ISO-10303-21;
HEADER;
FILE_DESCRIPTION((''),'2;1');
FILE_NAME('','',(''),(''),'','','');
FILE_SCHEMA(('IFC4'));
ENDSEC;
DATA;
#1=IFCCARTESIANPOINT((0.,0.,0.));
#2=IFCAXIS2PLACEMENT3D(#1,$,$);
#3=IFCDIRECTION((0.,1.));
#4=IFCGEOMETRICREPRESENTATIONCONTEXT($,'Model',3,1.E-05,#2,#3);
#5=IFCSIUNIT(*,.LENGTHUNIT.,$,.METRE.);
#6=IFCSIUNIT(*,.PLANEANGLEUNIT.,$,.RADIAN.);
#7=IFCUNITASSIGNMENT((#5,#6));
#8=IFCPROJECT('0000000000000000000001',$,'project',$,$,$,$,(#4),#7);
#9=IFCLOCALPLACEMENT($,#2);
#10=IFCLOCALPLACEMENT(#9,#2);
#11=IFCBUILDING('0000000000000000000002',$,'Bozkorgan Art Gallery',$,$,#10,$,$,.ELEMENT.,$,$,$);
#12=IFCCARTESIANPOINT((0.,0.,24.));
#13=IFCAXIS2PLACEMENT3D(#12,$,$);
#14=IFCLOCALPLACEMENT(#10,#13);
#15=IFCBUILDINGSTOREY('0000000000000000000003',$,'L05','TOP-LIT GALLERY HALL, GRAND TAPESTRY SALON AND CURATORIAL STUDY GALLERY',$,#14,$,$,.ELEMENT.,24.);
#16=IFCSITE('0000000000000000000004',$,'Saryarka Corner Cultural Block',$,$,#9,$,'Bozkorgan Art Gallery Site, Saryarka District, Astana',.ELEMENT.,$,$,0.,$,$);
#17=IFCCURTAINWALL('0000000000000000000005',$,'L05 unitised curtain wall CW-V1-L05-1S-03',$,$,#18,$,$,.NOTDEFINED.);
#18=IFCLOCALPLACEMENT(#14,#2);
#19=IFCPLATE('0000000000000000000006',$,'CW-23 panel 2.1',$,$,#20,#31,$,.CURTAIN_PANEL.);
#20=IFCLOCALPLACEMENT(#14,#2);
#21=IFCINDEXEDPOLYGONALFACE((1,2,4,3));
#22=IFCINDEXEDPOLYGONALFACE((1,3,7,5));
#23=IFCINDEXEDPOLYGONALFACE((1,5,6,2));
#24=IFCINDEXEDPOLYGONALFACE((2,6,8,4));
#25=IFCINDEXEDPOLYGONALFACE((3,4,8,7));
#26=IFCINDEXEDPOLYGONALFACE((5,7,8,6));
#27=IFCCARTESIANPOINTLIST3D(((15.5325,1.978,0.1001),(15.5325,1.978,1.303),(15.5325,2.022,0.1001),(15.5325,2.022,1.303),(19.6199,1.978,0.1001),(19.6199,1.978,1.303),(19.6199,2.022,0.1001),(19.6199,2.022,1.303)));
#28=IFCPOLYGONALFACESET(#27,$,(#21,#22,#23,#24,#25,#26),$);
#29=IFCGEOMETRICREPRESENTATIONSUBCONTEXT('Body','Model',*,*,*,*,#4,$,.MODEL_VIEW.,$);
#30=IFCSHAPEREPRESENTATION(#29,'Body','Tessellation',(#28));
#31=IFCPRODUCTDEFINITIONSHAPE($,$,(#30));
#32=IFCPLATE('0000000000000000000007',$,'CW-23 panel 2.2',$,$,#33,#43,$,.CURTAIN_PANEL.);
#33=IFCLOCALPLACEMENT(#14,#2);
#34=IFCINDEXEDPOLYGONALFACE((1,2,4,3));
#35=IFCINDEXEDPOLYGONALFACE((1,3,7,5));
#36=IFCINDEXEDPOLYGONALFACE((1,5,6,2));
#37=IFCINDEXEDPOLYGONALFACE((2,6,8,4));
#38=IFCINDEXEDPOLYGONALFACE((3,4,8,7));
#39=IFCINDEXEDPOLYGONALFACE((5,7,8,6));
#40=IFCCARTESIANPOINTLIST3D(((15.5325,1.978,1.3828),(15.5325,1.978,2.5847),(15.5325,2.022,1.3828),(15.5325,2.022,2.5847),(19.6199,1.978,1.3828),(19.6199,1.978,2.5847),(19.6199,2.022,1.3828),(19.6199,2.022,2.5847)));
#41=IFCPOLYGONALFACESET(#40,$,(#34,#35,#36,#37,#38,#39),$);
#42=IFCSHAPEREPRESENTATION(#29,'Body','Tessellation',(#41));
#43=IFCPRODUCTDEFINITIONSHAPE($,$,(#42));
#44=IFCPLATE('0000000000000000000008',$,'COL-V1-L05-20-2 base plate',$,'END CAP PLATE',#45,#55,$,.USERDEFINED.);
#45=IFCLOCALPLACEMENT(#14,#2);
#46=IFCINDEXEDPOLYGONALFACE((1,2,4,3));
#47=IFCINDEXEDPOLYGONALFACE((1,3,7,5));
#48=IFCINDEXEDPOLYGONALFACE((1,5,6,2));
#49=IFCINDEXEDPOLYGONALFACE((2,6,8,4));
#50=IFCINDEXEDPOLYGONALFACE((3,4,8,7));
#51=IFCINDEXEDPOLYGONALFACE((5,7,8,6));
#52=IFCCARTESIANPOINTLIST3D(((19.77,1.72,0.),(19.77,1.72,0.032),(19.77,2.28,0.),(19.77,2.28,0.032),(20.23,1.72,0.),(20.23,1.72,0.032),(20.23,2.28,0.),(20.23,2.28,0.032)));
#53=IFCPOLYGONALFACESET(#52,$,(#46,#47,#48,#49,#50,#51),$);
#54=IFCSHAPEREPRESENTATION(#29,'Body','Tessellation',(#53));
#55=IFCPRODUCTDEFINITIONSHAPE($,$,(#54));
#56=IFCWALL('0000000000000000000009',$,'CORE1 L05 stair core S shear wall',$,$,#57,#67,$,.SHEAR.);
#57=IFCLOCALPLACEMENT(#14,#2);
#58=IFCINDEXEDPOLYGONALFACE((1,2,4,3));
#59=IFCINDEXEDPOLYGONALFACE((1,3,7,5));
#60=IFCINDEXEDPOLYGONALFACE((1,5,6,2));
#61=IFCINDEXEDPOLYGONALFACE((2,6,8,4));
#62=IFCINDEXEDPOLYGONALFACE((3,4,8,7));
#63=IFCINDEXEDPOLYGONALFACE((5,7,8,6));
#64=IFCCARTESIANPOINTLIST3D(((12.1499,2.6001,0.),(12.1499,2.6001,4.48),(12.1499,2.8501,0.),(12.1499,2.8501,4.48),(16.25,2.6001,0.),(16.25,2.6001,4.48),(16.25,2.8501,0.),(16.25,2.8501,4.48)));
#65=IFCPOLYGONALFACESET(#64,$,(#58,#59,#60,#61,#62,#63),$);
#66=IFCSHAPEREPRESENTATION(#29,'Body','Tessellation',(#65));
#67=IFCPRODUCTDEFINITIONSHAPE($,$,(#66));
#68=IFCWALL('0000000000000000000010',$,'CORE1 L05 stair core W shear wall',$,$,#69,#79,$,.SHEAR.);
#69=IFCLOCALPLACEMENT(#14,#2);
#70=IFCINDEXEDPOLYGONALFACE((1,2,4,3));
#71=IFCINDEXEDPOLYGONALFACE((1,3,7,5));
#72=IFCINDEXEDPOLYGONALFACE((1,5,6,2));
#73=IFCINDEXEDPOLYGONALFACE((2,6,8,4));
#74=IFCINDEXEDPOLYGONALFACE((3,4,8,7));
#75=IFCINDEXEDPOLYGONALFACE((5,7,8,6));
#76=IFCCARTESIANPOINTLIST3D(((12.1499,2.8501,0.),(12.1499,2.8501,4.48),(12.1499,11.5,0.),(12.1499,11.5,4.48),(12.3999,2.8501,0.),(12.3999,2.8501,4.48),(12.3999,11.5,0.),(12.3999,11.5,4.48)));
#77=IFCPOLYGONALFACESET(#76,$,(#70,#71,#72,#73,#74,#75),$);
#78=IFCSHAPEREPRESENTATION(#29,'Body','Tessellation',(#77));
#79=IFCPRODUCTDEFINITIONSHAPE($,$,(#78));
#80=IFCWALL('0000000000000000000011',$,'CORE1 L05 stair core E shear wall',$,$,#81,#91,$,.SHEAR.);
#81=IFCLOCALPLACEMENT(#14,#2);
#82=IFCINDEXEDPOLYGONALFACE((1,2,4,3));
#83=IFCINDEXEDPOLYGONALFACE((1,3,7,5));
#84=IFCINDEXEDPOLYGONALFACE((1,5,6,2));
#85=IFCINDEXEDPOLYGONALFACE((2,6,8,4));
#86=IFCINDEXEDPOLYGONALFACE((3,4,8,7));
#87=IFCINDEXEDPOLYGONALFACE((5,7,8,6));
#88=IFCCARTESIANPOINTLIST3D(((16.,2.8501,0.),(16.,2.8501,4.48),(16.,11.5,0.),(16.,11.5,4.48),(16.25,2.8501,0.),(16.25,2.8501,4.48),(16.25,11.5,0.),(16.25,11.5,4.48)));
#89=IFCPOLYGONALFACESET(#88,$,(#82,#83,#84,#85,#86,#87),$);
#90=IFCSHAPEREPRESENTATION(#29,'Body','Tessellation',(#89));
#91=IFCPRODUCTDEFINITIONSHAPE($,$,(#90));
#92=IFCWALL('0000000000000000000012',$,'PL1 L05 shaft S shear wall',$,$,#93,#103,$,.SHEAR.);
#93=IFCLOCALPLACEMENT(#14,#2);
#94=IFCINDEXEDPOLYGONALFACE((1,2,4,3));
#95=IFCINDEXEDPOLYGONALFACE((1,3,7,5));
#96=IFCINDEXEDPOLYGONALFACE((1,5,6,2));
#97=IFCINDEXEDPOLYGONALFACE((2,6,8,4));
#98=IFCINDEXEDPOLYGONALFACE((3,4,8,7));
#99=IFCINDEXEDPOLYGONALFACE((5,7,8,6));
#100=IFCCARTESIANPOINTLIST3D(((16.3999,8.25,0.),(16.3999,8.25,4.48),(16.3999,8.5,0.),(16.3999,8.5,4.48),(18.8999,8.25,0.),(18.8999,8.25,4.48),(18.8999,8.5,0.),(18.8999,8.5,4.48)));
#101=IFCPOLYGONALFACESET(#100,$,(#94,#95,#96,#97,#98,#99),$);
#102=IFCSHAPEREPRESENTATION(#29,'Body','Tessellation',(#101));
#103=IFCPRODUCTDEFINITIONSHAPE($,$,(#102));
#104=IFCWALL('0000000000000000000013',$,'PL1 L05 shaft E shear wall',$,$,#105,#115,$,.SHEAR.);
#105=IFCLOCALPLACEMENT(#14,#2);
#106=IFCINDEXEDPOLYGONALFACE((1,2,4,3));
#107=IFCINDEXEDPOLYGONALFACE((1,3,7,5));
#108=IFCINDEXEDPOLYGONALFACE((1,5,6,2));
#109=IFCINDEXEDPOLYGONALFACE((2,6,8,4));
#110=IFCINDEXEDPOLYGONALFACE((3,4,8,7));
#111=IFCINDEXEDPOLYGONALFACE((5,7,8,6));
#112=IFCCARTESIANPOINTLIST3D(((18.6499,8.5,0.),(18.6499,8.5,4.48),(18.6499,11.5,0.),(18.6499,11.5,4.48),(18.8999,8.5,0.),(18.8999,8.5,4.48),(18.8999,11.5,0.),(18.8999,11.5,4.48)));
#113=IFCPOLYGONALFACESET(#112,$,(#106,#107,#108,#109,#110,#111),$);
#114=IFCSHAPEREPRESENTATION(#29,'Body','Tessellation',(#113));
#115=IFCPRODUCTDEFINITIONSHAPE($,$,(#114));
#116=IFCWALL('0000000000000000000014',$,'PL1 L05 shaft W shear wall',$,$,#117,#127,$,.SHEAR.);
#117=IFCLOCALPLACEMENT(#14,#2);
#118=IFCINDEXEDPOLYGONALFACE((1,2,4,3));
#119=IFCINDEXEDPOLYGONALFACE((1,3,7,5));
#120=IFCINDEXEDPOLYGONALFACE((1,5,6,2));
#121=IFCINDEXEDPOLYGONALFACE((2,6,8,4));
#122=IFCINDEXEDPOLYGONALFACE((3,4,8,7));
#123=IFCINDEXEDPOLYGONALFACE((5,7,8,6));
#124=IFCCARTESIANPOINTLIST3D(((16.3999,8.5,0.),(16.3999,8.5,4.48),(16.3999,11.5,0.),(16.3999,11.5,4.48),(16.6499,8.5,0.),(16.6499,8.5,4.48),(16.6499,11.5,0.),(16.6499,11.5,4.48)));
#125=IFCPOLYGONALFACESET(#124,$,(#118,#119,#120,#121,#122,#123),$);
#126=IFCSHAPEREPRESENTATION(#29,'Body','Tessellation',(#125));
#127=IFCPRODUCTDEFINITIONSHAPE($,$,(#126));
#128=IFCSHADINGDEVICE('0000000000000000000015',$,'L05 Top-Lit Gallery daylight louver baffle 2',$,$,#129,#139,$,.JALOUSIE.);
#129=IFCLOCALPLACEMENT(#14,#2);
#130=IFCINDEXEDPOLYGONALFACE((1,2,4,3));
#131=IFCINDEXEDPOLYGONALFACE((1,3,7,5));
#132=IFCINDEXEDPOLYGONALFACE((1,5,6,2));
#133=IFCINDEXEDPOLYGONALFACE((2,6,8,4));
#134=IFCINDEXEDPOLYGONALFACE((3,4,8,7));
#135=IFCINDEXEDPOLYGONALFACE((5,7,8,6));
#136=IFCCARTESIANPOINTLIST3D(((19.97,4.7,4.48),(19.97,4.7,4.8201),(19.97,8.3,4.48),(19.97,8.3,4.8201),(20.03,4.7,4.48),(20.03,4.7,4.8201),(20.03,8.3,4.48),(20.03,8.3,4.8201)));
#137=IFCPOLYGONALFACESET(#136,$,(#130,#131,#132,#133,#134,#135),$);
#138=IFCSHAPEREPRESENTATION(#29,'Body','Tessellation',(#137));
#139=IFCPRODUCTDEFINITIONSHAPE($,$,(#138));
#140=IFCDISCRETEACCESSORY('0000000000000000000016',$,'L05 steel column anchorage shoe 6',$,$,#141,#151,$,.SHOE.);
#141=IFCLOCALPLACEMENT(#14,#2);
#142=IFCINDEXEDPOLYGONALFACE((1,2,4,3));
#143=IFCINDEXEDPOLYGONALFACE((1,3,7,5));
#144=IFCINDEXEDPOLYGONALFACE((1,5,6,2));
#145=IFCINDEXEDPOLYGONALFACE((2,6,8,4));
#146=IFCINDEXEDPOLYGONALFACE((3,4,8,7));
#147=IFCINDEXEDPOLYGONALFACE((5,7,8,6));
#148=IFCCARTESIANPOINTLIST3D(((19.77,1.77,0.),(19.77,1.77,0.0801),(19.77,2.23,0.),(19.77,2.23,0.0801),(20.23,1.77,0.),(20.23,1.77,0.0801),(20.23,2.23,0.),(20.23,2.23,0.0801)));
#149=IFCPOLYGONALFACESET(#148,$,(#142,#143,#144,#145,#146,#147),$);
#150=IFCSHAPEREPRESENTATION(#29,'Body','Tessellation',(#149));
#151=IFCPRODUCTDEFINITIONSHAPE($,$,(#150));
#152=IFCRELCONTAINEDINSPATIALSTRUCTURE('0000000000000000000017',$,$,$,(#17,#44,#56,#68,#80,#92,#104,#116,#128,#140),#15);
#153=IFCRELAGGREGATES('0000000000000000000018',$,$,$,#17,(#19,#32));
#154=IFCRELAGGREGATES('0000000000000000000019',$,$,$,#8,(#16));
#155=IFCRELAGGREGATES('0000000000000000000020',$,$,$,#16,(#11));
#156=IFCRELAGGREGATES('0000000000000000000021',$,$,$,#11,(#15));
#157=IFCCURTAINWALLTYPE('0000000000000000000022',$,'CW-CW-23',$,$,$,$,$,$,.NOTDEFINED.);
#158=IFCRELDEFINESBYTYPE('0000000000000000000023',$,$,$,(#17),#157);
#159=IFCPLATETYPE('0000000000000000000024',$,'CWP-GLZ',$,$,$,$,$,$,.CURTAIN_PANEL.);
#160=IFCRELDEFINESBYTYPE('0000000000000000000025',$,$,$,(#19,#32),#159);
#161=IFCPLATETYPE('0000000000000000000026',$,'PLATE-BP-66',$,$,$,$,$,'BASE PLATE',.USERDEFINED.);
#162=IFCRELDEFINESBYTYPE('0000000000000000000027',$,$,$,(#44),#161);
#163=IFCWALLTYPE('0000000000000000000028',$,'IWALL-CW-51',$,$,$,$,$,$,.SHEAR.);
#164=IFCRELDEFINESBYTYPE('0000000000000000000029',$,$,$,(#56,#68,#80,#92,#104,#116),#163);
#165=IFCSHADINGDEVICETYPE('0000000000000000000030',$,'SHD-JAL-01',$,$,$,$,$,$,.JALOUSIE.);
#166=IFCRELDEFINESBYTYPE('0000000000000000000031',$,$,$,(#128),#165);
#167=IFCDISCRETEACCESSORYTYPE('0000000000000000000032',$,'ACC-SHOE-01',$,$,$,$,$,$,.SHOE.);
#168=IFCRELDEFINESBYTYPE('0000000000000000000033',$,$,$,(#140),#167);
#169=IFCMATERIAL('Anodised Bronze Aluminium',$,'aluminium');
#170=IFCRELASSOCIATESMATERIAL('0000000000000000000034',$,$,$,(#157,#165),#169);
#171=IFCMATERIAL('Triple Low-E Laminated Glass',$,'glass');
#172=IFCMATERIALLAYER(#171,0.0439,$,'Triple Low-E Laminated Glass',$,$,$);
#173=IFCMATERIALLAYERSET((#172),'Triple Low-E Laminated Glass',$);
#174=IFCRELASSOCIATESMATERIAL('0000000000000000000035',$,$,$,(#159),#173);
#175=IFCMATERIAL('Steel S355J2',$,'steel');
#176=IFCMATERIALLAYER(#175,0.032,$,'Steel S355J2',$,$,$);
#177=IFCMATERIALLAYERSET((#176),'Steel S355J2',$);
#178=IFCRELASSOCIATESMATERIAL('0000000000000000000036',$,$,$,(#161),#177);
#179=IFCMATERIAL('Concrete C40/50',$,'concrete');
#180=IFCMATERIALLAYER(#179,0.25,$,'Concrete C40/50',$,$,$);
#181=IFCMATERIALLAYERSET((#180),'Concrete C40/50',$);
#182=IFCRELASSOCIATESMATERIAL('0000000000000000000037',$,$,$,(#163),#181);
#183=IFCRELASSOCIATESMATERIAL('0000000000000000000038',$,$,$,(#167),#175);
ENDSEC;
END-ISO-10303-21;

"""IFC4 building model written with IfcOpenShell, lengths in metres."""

from ifc_helpers import new_model, si_unit, direction, frame, frame_2d, origin, origin_2d, place, context, subcontext, project, spatial, rectangle, extrude, material, layer, layer_set, type_object, element, aggregate, save


model = new_model("IFC4")

# Units and contexts
model_context = context("Model", 3, precision=1e-05, world=origin(), true_north=direction((0.0, 1.0)))
body_context = subcontext(model_context, "Body", "Model", "MODEL_VIEW")
ifc_project = project(units=[si_unit("LENGTHUNIT", "METRE"), si_unit("PLANEANGLEUNIT", "RADIAN")], contexts=[model_context])

# Site, building, storey
site_placement = place(None, origin())
site = spatial("IfcSite", under=ifc_project, at=site_placement, Name="Saryarka Corner Cultural Block", LongName="Bozkorgan Art Gallery Site, Saryarka District, Astana", CompositionType="ELEMENT", RefElevation=0.0)
building_placement = place(site_placement, origin())
building = spatial("IfcBuilding", under=site, at=building_placement, Name="Bozkorgan Art Gallery", CompositionType="ELEMENT")
storey_placement = place(building_placement, frame((0.0, 0.0, 24.0)))
storey = spatial("IfcBuildingStorey", under=building, at=storey_placement, Name="L05", Description="TOP-LIT GALLERY HALL, GRAND TAPESTRY SALON AND CURATORIAL STUDY GALLERY", CompositionType="ELEMENT", Elevation=24.0)

# Shared definitions
ifc_material_1 = material(Name="Steel S355J2", Category="steel")

# Curtain wall
ifc_material_2 = material(Name="Anodised Bronze Aluminium", Category="aluminium")
curtain_wall_type = type_object("IfcCurtainWallType", Name="CW-CW-23", PredefinedType="NOTDEFINED", material=ifc_material_2)
curtain_wall_1_placement = place(storey_placement, origin())
curtain_wall_1 = element("IfcCurtainWall", 1, at=curtain_wall_1_placement, inside=storey, type_object=curtain_wall_type, Name="L05 unitised curtain wall CW-V1-L05-1S-03", PredefinedType="NOTDEFINED")

# Plates
ifc_material_3 = material(Name="Triple Low-E Laminated Glass", Category="glass")
ifc_layer_1 = layer(ifc_material_3, 0.0439, Name="Triple Low-E Laminated Glass")
ifc_layer_set_1 = layer_set([ifc_layer_1], Name="Triple Low-E Laminated Glass")
plate_type_1 = type_object("IfcPlateType", Name="CWP-GLZ", PredefinedType="CURTAIN_PANEL", material=ifc_layer_set_1)
plate_1_placement = place(storey_placement, frame((17.5762, 2.0, 0.1001), z_axis=(0.0, 0.0, 1.0), x_axis=(1.0, 0.0, 0.0)))
plate_1 = element("IfcPlate", 2, at=plate_1_placement, type_object=plate_type_1, Name="CW-23 panel 2.1", PredefinedType="CURTAIN_PANEL", context=body_context, shape_type="SweptSolid", body=[
    extrude(rectangle(XDim=4.0874, YDim=0.0439, at=origin_2d()), origin(), (0.0, 0.0, 1.0), 1.2029),
])
plate_2_placement = place(storey_placement, frame((17.5762, 2.0, 1.3828), z_axis=(0.0, 0.0, 1.0), x_axis=(1.0, 0.0, 0.0)))
plate_2 = element("IfcPlate", 3, at=plate_2_placement, type_object=plate_type_1, Name="CW-23 panel 2.2", PredefinedType="CURTAIN_PANEL", context=body_context, shape_type="SweptSolid", body=[
    extrude(rectangle(XDim=4.0874, YDim=0.0439, at=origin_2d()), origin(), (0.0, 0.0, 1.0), 1.2019),
])
aggregate(curtain_wall_1, [plate_1, plate_2])
ifc_layer_2 = layer(ifc_material_1, 0.032, Name="Steel S355J2")
ifc_layer_set_2 = layer_set([ifc_layer_2], Name="Steel S355J2")
plate_type_2 = type_object("IfcPlateType", Name="PLATE-BP-66", ElementType="BASE PLATE", PredefinedType="USERDEFINED", material=ifc_layer_set_2)
plate_3_placement = place(storey_placement, frame((20.0, 2.0, 0.0), z_axis=(0.0, 0.0, 1.0), x_axis=(1.0, 0.0, 0.0)))
element("IfcPlate", 4, at=plate_3_placement, inside=storey, type_object=plate_type_2, Name="COL-V1-L05-20-2 base plate", ObjectType="END CAP PLATE", PredefinedType="USERDEFINED", context=body_context, shape_type="SweptSolid", body=[
    extrude(rectangle(XDim=0.46, YDim=0.5601, at=origin_2d()), origin(), (0.0, 0.0, 1.0), 0.032),
])

# Walls
ifc_material_4 = material(Name="Concrete C40/50", Category="concrete")
ifc_layer_3 = layer(ifc_material_4, 0.25, Name="Concrete C40/50")
ifc_layer_set_3 = layer_set([ifc_layer_3], Name="Concrete C40/50")
wall_type = type_object("IfcWallType", Name="IWALL-CW-51", PredefinedType="SHEAR", material=ifc_layer_set_3)
wall_1_placement = place(storey_placement, frame((12.1499, 2.7251, 0.0), z_axis=(0.0, 0.0, 1.0), x_axis=(1.0, 0.0, 0.0)))
element("IfcWall", 5, at=wall_1_placement, inside=storey, type_object=wall_type, Name="CORE1 L05 stair core S shear wall", PredefinedType="SHEAR", context=body_context, shape_type="SweptSolid", body=[
    extrude(rectangle(XDim=4.1001, YDim=0.25, at=frame_2d((2.05, 0.0))), origin(), (0.0, 0.0, 1.0), 4.48),
])
for number, where, z_axis, x_axis, name in (
    (6, (12.2749, 2.8501, 0.0), (0.0, 0.0, 1.0), (0.0, 1.0, 0.0), "CORE1 L05 stair core W shear wall"),
    (7, (16.125, 2.8501, 0.0), (0.0, 0.0, 1.0), (0.0, 1.0, 0.0), "CORE1 L05 stair core E shear wall"),
):
    element("IfcWall", number, at=place(storey_placement, frame(where, z_axis=z_axis, x_axis=x_axis)), inside=storey, type_object=wall_type, Name=name, PredefinedType="SHEAR", context=body_context, shape_type="SweptSolid", body=[
        extrude(rectangle(XDim=8.6499, YDim=0.25, at=frame_2d((4.325, 0.0))), origin(), (0.0, 0.0, 1.0), 4.48),
    ])
wall_2_placement = place(storey_placement, frame((16.3999, 8.375, 0.0), z_axis=(0.0, 0.0, 1.0), x_axis=(1.0, 0.0, 0.0)))
element("IfcWall", 8, at=wall_2_placement, inside=storey, type_object=wall_type, Name="PL1 L05 shaft S shear wall", PredefinedType="SHEAR", context=body_context, shape_type="SweptSolid", body=[
    extrude(rectangle(XDim=2.5, YDim=0.25, at=frame_2d((1.25, 0.0))), origin(), (0.0, 0.0, 1.0), 4.48),
])
for number, where, z_axis, x_axis, name in (
    (9, (18.7749, 8.5, 0.0), (0.0, 0.0, 1.0), (0.0, 1.0, 0.0), "PL1 L05 shaft E shear wall"),
    (10, (16.5249, 8.5, 0.0), (0.0, 0.0, 1.0), (0.0, 1.0, 0.0), "PL1 L05 shaft W shear wall"),
):
    element("IfcWall", number, at=place(storey_placement, frame(where, z_axis=z_axis, x_axis=x_axis)), inside=storey, type_object=wall_type, Name=name, PredefinedType="SHEAR", context=body_context, shape_type="SweptSolid", body=[
        extrude(rectangle(XDim=3.0, YDim=0.25, at=frame_2d((1.5, 0.0))), origin(), (0.0, 0.0, 1.0), 4.48),
    ])

# Shading device
shading_device_type = type_object("IfcShadingDeviceType", Name="SHD-JAL-01", PredefinedType="JALOUSIE", material=ifc_material_2)
shading_device_placement = place(storey_placement, frame((20.0, 6.5, 4.48), z_axis=(0.0, 0.0, 1.0), x_axis=(1.0, 0.0, 0.0)))
element("IfcShadingDevice", 11, at=shading_device_placement, inside=storey, type_object=shading_device_type, Name="L05 Top-Lit Gallery daylight louver baffle 2", PredefinedType="JALOUSIE", context=body_context, shape_type="SweptSolid", body=[
    extrude(rectangle(XDim=0.0601, YDim=3.6001, at=origin_2d()), origin(), (0.0, 0.0, 1.0), 0.3401),
])

# Discrete accessory
discrete_accessory_type = type_object("IfcDiscreteAccessoryType", Name="ACC-SHOE-01", PredefinedType="SHOE", material=ifc_material_1)
discrete_accessory_placement = place(storey_placement, frame((20.0, 2.0, 0.0), z_axis=(0.0, 0.0, 1.0), x_axis=(1.0, 0.0, 0.0)))
element("IfcDiscreteAccessory", 12, at=discrete_accessory_placement, inside=storey, type_object=discrete_accessory_type, Name="L05 steel column anchorage shoe 6", PredefinedType="SHOE", context=body_context, shape_type="SweptSolid", body=[
    extrude(rectangle(XDim=0.46, YDim=0.46, at=origin_2d()), origin(), (0.0, 0.0, 1.0), 0.0801),
])

save(model, "model.ifc")
